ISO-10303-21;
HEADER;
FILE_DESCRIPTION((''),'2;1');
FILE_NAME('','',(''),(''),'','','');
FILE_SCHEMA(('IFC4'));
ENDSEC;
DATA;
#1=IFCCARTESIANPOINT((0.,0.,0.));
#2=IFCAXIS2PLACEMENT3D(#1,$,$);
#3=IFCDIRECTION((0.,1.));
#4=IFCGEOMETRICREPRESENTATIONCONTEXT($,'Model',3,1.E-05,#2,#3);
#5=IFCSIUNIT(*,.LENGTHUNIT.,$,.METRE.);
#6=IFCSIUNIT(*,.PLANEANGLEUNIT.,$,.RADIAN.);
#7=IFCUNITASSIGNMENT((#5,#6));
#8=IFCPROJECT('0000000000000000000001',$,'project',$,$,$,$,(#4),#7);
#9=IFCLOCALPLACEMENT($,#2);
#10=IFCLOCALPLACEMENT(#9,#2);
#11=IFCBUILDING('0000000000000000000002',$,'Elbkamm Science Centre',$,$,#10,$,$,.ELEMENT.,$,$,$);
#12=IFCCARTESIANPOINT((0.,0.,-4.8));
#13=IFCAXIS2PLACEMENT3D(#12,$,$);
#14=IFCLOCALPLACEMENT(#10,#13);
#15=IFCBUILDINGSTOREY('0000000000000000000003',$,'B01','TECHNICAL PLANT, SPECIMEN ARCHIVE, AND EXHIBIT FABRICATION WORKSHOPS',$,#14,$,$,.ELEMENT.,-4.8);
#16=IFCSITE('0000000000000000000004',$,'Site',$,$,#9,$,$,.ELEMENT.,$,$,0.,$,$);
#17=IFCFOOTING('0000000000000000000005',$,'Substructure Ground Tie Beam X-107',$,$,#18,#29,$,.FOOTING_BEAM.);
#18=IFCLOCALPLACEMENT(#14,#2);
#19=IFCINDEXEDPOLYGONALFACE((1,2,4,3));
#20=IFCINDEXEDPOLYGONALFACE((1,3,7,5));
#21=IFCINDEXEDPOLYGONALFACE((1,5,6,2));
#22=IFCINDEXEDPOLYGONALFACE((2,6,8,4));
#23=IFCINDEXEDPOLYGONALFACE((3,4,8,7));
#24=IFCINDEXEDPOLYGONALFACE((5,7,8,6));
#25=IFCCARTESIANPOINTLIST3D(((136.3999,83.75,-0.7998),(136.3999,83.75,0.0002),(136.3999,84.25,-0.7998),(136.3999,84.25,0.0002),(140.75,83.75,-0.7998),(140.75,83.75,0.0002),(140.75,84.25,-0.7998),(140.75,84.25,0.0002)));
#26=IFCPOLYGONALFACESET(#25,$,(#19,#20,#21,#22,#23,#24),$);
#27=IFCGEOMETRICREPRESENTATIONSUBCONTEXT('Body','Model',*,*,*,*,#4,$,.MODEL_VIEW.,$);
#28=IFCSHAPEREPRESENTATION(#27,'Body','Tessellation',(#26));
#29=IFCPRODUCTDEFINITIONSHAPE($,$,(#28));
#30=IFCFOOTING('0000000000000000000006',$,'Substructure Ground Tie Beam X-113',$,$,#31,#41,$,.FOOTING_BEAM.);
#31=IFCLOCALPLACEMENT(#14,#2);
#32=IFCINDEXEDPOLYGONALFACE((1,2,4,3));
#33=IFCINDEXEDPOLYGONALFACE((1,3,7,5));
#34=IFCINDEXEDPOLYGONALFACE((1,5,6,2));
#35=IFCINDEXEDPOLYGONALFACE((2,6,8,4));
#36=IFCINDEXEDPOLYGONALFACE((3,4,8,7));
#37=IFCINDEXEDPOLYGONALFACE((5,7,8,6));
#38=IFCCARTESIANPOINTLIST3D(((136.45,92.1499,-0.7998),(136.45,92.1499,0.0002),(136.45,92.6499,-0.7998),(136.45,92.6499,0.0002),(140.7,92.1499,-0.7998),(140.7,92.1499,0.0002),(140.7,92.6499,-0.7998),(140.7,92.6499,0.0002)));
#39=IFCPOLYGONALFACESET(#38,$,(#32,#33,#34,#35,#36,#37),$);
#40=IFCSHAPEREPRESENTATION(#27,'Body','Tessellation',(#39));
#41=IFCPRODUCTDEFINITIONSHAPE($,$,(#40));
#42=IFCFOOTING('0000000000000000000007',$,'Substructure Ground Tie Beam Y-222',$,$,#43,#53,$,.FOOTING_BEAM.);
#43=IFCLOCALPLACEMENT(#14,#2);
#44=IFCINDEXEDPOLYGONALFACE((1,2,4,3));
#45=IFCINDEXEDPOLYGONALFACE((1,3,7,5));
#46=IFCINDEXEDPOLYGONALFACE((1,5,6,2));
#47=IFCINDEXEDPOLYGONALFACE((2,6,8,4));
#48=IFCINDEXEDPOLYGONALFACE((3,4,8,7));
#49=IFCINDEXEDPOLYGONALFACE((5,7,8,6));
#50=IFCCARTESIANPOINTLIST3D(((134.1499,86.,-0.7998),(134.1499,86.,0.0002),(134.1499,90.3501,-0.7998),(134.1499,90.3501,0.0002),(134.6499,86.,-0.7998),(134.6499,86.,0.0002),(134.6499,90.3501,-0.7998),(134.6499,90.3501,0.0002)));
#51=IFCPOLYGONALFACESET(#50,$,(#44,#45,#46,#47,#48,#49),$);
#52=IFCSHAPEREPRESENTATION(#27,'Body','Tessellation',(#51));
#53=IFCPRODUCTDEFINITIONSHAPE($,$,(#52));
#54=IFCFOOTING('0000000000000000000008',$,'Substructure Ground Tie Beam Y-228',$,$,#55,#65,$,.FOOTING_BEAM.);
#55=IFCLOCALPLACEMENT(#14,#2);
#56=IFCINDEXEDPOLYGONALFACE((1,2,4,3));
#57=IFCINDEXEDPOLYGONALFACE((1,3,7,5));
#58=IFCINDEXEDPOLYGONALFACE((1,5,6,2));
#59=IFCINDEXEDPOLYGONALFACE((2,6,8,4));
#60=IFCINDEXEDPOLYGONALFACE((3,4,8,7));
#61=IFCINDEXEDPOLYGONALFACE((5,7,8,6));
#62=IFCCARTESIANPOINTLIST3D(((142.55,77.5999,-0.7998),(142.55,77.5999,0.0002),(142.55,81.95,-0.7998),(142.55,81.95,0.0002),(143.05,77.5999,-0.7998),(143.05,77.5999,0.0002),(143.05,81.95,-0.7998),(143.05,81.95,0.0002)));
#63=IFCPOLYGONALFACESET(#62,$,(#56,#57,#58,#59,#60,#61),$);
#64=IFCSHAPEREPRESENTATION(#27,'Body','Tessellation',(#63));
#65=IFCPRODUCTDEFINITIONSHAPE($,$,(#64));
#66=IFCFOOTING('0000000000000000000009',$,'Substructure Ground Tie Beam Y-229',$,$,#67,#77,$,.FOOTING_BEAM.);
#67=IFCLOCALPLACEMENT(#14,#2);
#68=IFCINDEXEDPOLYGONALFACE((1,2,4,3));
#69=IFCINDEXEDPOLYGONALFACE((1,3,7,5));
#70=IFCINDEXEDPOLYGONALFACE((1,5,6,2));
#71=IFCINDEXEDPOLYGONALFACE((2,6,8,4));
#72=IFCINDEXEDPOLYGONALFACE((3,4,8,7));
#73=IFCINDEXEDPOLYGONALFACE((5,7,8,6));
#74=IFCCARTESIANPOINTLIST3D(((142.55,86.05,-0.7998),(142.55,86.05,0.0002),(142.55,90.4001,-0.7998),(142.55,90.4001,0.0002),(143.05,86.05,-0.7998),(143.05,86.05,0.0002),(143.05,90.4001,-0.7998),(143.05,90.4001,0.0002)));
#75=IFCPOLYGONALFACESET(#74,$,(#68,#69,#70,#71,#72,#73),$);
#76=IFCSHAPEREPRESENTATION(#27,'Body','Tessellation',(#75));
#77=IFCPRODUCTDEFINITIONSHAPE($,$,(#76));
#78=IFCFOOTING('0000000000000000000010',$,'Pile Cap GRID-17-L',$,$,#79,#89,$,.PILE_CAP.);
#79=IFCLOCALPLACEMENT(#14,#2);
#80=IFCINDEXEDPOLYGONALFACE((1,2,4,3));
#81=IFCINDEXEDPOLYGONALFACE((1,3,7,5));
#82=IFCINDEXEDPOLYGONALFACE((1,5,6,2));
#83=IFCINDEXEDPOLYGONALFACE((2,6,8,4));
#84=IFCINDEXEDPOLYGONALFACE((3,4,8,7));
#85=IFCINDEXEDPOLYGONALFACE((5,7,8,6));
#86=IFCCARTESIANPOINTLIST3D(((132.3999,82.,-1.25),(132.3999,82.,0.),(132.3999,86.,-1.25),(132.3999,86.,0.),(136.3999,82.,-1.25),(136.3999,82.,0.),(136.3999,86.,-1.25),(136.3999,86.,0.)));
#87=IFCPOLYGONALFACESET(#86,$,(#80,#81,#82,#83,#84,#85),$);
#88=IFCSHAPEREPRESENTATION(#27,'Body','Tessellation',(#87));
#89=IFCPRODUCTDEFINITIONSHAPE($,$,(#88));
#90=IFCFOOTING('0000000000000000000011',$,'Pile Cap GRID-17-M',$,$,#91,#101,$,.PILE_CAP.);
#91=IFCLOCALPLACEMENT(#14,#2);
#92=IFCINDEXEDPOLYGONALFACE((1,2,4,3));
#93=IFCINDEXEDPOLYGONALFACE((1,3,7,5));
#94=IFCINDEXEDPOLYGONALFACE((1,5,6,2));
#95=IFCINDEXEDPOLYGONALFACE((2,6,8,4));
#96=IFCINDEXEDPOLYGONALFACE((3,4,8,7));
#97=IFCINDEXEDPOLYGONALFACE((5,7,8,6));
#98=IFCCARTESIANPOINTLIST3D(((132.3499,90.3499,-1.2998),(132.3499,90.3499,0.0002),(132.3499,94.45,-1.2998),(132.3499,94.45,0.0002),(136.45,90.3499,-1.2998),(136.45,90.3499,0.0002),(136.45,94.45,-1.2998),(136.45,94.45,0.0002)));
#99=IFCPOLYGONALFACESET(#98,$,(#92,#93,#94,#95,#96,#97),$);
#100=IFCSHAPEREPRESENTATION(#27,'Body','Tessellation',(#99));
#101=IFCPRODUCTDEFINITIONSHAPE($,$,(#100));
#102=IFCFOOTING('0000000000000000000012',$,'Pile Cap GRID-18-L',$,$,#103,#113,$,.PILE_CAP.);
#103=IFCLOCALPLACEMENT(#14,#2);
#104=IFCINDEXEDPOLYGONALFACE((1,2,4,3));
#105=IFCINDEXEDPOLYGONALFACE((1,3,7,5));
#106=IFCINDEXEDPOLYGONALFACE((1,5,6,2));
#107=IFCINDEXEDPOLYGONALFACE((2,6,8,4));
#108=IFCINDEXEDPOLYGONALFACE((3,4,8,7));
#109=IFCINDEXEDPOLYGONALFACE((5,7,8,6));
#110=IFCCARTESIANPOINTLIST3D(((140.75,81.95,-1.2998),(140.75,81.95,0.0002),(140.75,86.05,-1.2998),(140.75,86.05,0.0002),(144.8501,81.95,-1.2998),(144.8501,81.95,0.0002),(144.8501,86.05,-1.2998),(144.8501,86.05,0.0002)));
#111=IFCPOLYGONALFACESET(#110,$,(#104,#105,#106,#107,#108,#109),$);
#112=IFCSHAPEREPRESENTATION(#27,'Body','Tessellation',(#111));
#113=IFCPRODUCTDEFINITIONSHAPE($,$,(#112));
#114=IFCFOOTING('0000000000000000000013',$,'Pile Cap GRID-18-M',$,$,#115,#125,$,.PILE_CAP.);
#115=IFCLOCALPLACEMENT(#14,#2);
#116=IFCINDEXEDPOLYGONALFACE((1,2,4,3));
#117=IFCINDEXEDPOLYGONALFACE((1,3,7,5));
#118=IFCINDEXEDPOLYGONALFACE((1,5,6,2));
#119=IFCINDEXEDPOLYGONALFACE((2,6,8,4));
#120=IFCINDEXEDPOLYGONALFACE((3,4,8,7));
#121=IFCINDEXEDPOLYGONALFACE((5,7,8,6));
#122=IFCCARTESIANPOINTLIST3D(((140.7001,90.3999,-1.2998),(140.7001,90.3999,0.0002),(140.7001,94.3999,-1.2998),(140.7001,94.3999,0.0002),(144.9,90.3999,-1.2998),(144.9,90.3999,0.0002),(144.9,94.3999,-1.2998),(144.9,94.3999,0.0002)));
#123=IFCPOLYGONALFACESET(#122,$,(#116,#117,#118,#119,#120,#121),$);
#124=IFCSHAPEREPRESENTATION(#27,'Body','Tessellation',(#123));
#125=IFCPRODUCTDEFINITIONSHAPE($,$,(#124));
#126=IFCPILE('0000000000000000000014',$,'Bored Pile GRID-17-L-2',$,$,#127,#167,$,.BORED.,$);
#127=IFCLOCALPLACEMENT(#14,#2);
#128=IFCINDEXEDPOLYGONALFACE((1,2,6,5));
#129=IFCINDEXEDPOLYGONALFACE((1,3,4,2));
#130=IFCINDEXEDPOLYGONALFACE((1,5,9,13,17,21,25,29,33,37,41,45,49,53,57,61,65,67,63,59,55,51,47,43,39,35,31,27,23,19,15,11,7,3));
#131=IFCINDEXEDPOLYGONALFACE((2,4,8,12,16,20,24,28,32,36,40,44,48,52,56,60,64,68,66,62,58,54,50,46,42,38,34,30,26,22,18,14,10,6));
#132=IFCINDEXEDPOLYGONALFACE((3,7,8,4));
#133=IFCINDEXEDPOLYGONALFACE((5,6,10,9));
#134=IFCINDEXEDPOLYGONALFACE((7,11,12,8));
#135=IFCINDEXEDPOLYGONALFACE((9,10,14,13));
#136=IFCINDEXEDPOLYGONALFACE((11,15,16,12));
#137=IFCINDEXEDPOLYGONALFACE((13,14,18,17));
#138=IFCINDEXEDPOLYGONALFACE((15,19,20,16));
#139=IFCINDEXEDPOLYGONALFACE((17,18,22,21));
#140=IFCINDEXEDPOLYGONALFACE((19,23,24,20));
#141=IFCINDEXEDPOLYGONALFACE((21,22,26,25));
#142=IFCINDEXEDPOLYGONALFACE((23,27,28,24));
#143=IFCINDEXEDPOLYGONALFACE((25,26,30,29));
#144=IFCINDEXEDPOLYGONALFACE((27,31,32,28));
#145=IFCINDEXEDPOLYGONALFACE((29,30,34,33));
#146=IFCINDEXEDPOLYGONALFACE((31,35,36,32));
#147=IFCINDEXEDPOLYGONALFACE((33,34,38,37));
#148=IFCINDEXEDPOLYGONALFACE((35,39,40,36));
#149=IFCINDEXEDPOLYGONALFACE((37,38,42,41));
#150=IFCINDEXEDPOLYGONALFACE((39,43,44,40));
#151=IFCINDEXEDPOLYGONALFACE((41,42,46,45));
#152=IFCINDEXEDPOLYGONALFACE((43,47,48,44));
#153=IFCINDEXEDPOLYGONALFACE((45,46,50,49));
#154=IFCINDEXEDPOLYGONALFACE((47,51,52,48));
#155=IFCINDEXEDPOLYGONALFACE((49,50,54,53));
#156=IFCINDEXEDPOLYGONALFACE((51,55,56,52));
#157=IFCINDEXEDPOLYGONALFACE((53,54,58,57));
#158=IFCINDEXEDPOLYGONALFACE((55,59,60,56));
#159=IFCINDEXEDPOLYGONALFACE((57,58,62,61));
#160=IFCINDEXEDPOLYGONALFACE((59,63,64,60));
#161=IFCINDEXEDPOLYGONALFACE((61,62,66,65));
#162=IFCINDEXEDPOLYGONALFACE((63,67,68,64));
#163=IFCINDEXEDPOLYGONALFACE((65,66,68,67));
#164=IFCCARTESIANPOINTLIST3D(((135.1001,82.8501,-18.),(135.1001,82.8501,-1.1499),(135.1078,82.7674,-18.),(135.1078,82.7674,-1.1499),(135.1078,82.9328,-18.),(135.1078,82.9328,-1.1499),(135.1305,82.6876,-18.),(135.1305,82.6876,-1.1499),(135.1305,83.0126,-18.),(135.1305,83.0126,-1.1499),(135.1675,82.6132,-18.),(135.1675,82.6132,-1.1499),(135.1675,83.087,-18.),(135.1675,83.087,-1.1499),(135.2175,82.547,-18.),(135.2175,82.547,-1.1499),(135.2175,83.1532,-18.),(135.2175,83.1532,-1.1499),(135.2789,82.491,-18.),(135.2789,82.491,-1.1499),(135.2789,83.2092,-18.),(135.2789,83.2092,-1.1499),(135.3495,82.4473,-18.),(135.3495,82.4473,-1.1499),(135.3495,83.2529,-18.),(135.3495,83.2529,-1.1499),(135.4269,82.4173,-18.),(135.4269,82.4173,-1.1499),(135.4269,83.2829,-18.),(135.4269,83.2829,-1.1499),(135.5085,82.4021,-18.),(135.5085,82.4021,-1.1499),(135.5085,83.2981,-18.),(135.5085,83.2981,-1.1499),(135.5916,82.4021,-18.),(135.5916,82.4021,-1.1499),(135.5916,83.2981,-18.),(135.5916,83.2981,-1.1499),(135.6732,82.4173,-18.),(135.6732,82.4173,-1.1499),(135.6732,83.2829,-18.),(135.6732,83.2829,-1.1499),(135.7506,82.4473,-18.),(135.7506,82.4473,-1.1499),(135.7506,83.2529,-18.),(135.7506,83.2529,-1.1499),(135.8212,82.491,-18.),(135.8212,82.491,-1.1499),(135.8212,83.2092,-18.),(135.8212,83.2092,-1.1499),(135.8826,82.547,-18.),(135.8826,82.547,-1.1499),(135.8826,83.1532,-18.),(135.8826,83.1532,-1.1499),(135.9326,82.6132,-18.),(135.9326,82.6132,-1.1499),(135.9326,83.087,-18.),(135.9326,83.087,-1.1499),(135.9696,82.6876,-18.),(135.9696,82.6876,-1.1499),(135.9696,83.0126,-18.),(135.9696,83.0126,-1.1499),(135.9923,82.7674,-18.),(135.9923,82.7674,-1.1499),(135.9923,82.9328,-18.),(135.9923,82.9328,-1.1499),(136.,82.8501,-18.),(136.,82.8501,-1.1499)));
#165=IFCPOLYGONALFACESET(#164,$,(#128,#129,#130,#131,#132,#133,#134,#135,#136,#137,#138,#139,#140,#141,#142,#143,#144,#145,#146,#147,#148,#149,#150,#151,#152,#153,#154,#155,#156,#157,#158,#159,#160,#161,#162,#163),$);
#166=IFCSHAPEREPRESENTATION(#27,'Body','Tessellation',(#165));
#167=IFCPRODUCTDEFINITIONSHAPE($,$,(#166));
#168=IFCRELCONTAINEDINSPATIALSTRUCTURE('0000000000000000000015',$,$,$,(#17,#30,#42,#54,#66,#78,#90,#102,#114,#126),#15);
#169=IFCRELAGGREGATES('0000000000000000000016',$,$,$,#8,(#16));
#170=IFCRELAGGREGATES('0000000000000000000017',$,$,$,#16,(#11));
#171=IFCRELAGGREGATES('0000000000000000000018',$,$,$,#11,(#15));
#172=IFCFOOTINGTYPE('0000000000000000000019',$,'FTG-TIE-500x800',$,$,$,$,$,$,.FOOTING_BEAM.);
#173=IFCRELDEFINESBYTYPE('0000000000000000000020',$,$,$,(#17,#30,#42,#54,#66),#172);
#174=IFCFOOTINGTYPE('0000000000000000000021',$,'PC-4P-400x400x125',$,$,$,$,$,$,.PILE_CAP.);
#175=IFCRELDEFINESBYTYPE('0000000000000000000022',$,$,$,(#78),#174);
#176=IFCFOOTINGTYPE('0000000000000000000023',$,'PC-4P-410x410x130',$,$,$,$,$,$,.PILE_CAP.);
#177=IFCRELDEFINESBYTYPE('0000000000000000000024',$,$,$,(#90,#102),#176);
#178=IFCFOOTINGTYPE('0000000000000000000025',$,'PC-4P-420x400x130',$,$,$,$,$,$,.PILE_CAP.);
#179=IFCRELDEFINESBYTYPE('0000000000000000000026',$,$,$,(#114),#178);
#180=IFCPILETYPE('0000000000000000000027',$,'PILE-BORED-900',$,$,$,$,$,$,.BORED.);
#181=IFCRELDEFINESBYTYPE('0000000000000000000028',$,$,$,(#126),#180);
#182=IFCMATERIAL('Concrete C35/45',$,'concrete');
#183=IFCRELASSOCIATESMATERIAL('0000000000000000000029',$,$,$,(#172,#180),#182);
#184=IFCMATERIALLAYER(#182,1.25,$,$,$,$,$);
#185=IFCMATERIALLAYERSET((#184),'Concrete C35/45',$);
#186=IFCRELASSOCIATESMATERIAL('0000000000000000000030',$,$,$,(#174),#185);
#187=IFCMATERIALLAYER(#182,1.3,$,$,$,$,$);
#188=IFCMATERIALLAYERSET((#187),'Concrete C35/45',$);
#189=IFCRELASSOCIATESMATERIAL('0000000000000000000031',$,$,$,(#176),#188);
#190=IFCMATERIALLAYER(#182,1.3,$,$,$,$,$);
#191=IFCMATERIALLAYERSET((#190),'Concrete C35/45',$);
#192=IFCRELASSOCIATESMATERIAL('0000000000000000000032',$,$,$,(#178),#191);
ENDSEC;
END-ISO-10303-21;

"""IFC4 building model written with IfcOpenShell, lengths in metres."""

from ifc_helpers import new_model, si_unit, direction, frame, origin, origin_2d, place, context, subcontext, project, spatial, rectangle, circle, extrude, material, layer, layer_set, material_profile, profile_set, type_object, element, save


model = new_model("IFC4")

# Units and contexts
model_context = context("Model", 3, precision=1e-05, world=origin(), true_north=direction((0.0, 1.0)))
body_context = subcontext(model_context, "Body", "Model", "MODEL_VIEW")
ifc_project = project(units=[si_unit("LENGTHUNIT", "METRE"), si_unit("PLANEANGLEUNIT", "RADIAN")], contexts=[model_context])

# Site, building, storey
site_placement = place(None, origin())
site = spatial("IfcSite", under=ifc_project, at=site_placement, Name="Site", CompositionType="ELEMENT", RefElevation=0.0)
building_placement = place(site_placement, origin())
building = spatial("IfcBuilding", under=site, at=building_placement, Name="Elbkamm Science Centre", CompositionType="ELEMENT")
storey_placement = place(building_placement, frame((0.0, 0.0, -4.8)))
storey = spatial("IfcBuildingStorey", under=building, at=storey_placement, Name="B01", Description="TECHNICAL PLANT, SPECIMEN ARCHIVE, AND EXHIBIT FABRICATION WORKSHOPS", CompositionType="ELEMENT", Elevation=-4.8)

# Footings
ifc_material_1 = material(Name="Concrete C35/45", Category="concrete")
footing_type_1 = type_object("IfcFootingType", Name="FTG-TIE-500x800", PredefinedType="FOOTING_BEAM", material=ifc_material_1)
footing_1_placement = place(storey_placement, frame((138.575, 84.0, -0.7998), z_axis=(0.0, 0.0, 1.0), x_axis=(1.0, 0.0, 0.0)))
element("IfcFooting", 1, at=footing_1_placement, inside=storey, type_object=footing_type_1, Name="Substructure Ground Tie Beam X-107", PredefinedType="FOOTING_BEAM", context=body_context, shape_type="SweptSolid", body=[
    extrude(rectangle(XDim=4.3501, YDim=0.5, at=origin_2d()), origin(), (0.0, 0.0, 1.0), 0.8),
])
footing_2_placement = place(storey_placement, frame((138.575, 92.3999, -0.7998), z_axis=(0.0, 0.0, 1.0), x_axis=(1.0, 0.0, 0.0)))
element("IfcFooting", 2, at=footing_2_placement, inside=storey, type_object=footing_type_1, Name="Substructure Ground Tie Beam X-113", PredefinedType="FOOTING_BEAM", context=body_context, shape_type="SweptSolid", body=[
    extrude(rectangle(XDim=4.25, YDim=0.5, at=origin_2d()), origin(), (0.0, 0.0, 1.0), 0.8),
])
for number, where, z_axis, x_axis, name in (
    (3, (134.3999, 88.175, -0.7998), (0.0, 0.0, 1.0), (1.0, 0.0, 0.0), "Substructure Ground Tie Beam Y-222"),
    (4, (142.8, 79.7749, -0.7998), (0.0, 0.0, 1.0), (1.0, 0.0, 0.0), "Substructure Ground Tie Beam Y-228"),
    (5, (142.8, 88.2251, -0.7998), (0.0, 0.0, 1.0), (1.0, 0.0, 0.0), "Substructure Ground Tie Beam Y-229"),
):
    element("IfcFooting", number, at=place(storey_placement, frame(where, z_axis=z_axis, x_axis=x_axis)), inside=storey, type_object=footing_type_1, Name=name, PredefinedType="FOOTING_BEAM", context=body_context, shape_type="SweptSolid", body=[
        extrude(rectangle(XDim=0.5, YDim=4.3501, at=origin_2d()), origin(), (0.0, 0.0, 1.0), 0.8),
    ])
ifc_layer_1 = layer(ifc_material_1, 1.25)
ifc_layer_set_1 = layer_set([ifc_layer_1], Name="Concrete C35/45")
footing_type_2 = type_object("IfcFootingType", Name="PC-4P-400x400x125", PredefinedType="PILE_CAP", material=ifc_layer_set_1)
footing_3_placement = place(storey_placement, frame((134.3999, 84.0, -1.25), z_axis=(0.0, 0.0, 1.0), x_axis=(1.0, 0.0, 0.0)))
element("IfcFooting", 6, at=footing_3_placement, inside=storey, type_object=footing_type_2, Name="Pile Cap GRID-17-L", PredefinedType="PILE_CAP", context=body_context, shape_type="SweptSolid", body=[
    extrude(rectangle(XDim=4.0, YDim=4.0, at=origin_2d()), origin(), (0.0, 0.0, 1.0), 1.25),
])
ifc_layer_2 = layer(ifc_material_1, 1.3)
ifc_layer_set_2 = layer_set([ifc_layer_2], Name="Concrete C35/45")
footing_type_3 = type_object("IfcFootingType", Name="PC-4P-410x410x130", PredefinedType="PILE_CAP", material=ifc_layer_set_2)
for number, where, z_axis, x_axis, name in (
    (7, (134.3999, 92.3999, -1.2998), (0.0, 0.0, 1.0), (1.0, 0.0, 0.0), "Pile Cap GRID-17-M"),
    (8, (142.8, 84.0, -1.2998), (0.0, 0.0, 1.0), (1.0, 0.0, 0.0), "Pile Cap GRID-18-L"),
):
    element("IfcFooting", number, at=place(storey_placement, frame(where, z_axis=z_axis, x_axis=x_axis)), inside=storey, type_object=footing_type_3, Name=name, PredefinedType="PILE_CAP", context=body_context, shape_type="SweptSolid", body=[
        extrude(rectangle(XDim=4.1001, YDim=4.1001, at=origin_2d()), origin(), (0.0, 0.0, 1.0), 1.3),
    ])
ifc_layer_3 = layer(ifc_material_1, 1.3)
ifc_layer_set_3 = layer_set([ifc_layer_3], Name="Concrete C35/45")
footing_type_4 = type_object("IfcFootingType", Name="PC-4P-420x400x130", PredefinedType="PILE_CAP", material=ifc_layer_set_3)
footing_4_placement = place(storey_placement, frame((142.8, 92.3999, -1.2998), z_axis=(0.0, 0.0, 1.0), x_axis=(1.0, 0.0, 0.0)))
element("IfcFooting", 9, at=footing_4_placement, inside=storey, type_object=footing_type_4, Name="Pile Cap GRID-18-M", PredefinedType="PILE_CAP", context=body_context, shape_type="SweptSolid", body=[
    extrude(rectangle(XDim=4.2, YDim=4.0, at=origin_2d()), origin(), (0.0, 0.0, 1.0), 1.3),
])

# Pile
ifc_material_profile_1 = material_profile(ifc_material_1, circle(Radius=0.45, at=origin_2d()), Name="PILE D900")
ifc_profile_set_1 = profile_set([ifc_material_profile_1], Name="Concrete C35/45")
pile_type = type_object("IfcPileType", Name="PILE-BORED-900", PredefinedType="BORED", material=ifc_profile_set_1)
for number, where, z_axis, x_axis, name in (
    (10, (135.55, 82.8501, -1.1499), (0.0, 0.0, -1.0), (1.0, 0.0, 0.0), "Bored Pile GRID-17-L-2"),
):
    element("IfcPile", number, at=place(storey_placement, frame(where, z_axis=z_axis, x_axis=x_axis)), inside=storey, type_object=pile_type, Name=name, PredefinedType="BORED", context=body_context, shape_type="SweptSolid", body=[
        extrude(circle(Radius=0.45, at=origin_2d()), origin(), (0.0, 0.0, 1.0), 16.8501),
    ])

save(model, "model.ifc")
